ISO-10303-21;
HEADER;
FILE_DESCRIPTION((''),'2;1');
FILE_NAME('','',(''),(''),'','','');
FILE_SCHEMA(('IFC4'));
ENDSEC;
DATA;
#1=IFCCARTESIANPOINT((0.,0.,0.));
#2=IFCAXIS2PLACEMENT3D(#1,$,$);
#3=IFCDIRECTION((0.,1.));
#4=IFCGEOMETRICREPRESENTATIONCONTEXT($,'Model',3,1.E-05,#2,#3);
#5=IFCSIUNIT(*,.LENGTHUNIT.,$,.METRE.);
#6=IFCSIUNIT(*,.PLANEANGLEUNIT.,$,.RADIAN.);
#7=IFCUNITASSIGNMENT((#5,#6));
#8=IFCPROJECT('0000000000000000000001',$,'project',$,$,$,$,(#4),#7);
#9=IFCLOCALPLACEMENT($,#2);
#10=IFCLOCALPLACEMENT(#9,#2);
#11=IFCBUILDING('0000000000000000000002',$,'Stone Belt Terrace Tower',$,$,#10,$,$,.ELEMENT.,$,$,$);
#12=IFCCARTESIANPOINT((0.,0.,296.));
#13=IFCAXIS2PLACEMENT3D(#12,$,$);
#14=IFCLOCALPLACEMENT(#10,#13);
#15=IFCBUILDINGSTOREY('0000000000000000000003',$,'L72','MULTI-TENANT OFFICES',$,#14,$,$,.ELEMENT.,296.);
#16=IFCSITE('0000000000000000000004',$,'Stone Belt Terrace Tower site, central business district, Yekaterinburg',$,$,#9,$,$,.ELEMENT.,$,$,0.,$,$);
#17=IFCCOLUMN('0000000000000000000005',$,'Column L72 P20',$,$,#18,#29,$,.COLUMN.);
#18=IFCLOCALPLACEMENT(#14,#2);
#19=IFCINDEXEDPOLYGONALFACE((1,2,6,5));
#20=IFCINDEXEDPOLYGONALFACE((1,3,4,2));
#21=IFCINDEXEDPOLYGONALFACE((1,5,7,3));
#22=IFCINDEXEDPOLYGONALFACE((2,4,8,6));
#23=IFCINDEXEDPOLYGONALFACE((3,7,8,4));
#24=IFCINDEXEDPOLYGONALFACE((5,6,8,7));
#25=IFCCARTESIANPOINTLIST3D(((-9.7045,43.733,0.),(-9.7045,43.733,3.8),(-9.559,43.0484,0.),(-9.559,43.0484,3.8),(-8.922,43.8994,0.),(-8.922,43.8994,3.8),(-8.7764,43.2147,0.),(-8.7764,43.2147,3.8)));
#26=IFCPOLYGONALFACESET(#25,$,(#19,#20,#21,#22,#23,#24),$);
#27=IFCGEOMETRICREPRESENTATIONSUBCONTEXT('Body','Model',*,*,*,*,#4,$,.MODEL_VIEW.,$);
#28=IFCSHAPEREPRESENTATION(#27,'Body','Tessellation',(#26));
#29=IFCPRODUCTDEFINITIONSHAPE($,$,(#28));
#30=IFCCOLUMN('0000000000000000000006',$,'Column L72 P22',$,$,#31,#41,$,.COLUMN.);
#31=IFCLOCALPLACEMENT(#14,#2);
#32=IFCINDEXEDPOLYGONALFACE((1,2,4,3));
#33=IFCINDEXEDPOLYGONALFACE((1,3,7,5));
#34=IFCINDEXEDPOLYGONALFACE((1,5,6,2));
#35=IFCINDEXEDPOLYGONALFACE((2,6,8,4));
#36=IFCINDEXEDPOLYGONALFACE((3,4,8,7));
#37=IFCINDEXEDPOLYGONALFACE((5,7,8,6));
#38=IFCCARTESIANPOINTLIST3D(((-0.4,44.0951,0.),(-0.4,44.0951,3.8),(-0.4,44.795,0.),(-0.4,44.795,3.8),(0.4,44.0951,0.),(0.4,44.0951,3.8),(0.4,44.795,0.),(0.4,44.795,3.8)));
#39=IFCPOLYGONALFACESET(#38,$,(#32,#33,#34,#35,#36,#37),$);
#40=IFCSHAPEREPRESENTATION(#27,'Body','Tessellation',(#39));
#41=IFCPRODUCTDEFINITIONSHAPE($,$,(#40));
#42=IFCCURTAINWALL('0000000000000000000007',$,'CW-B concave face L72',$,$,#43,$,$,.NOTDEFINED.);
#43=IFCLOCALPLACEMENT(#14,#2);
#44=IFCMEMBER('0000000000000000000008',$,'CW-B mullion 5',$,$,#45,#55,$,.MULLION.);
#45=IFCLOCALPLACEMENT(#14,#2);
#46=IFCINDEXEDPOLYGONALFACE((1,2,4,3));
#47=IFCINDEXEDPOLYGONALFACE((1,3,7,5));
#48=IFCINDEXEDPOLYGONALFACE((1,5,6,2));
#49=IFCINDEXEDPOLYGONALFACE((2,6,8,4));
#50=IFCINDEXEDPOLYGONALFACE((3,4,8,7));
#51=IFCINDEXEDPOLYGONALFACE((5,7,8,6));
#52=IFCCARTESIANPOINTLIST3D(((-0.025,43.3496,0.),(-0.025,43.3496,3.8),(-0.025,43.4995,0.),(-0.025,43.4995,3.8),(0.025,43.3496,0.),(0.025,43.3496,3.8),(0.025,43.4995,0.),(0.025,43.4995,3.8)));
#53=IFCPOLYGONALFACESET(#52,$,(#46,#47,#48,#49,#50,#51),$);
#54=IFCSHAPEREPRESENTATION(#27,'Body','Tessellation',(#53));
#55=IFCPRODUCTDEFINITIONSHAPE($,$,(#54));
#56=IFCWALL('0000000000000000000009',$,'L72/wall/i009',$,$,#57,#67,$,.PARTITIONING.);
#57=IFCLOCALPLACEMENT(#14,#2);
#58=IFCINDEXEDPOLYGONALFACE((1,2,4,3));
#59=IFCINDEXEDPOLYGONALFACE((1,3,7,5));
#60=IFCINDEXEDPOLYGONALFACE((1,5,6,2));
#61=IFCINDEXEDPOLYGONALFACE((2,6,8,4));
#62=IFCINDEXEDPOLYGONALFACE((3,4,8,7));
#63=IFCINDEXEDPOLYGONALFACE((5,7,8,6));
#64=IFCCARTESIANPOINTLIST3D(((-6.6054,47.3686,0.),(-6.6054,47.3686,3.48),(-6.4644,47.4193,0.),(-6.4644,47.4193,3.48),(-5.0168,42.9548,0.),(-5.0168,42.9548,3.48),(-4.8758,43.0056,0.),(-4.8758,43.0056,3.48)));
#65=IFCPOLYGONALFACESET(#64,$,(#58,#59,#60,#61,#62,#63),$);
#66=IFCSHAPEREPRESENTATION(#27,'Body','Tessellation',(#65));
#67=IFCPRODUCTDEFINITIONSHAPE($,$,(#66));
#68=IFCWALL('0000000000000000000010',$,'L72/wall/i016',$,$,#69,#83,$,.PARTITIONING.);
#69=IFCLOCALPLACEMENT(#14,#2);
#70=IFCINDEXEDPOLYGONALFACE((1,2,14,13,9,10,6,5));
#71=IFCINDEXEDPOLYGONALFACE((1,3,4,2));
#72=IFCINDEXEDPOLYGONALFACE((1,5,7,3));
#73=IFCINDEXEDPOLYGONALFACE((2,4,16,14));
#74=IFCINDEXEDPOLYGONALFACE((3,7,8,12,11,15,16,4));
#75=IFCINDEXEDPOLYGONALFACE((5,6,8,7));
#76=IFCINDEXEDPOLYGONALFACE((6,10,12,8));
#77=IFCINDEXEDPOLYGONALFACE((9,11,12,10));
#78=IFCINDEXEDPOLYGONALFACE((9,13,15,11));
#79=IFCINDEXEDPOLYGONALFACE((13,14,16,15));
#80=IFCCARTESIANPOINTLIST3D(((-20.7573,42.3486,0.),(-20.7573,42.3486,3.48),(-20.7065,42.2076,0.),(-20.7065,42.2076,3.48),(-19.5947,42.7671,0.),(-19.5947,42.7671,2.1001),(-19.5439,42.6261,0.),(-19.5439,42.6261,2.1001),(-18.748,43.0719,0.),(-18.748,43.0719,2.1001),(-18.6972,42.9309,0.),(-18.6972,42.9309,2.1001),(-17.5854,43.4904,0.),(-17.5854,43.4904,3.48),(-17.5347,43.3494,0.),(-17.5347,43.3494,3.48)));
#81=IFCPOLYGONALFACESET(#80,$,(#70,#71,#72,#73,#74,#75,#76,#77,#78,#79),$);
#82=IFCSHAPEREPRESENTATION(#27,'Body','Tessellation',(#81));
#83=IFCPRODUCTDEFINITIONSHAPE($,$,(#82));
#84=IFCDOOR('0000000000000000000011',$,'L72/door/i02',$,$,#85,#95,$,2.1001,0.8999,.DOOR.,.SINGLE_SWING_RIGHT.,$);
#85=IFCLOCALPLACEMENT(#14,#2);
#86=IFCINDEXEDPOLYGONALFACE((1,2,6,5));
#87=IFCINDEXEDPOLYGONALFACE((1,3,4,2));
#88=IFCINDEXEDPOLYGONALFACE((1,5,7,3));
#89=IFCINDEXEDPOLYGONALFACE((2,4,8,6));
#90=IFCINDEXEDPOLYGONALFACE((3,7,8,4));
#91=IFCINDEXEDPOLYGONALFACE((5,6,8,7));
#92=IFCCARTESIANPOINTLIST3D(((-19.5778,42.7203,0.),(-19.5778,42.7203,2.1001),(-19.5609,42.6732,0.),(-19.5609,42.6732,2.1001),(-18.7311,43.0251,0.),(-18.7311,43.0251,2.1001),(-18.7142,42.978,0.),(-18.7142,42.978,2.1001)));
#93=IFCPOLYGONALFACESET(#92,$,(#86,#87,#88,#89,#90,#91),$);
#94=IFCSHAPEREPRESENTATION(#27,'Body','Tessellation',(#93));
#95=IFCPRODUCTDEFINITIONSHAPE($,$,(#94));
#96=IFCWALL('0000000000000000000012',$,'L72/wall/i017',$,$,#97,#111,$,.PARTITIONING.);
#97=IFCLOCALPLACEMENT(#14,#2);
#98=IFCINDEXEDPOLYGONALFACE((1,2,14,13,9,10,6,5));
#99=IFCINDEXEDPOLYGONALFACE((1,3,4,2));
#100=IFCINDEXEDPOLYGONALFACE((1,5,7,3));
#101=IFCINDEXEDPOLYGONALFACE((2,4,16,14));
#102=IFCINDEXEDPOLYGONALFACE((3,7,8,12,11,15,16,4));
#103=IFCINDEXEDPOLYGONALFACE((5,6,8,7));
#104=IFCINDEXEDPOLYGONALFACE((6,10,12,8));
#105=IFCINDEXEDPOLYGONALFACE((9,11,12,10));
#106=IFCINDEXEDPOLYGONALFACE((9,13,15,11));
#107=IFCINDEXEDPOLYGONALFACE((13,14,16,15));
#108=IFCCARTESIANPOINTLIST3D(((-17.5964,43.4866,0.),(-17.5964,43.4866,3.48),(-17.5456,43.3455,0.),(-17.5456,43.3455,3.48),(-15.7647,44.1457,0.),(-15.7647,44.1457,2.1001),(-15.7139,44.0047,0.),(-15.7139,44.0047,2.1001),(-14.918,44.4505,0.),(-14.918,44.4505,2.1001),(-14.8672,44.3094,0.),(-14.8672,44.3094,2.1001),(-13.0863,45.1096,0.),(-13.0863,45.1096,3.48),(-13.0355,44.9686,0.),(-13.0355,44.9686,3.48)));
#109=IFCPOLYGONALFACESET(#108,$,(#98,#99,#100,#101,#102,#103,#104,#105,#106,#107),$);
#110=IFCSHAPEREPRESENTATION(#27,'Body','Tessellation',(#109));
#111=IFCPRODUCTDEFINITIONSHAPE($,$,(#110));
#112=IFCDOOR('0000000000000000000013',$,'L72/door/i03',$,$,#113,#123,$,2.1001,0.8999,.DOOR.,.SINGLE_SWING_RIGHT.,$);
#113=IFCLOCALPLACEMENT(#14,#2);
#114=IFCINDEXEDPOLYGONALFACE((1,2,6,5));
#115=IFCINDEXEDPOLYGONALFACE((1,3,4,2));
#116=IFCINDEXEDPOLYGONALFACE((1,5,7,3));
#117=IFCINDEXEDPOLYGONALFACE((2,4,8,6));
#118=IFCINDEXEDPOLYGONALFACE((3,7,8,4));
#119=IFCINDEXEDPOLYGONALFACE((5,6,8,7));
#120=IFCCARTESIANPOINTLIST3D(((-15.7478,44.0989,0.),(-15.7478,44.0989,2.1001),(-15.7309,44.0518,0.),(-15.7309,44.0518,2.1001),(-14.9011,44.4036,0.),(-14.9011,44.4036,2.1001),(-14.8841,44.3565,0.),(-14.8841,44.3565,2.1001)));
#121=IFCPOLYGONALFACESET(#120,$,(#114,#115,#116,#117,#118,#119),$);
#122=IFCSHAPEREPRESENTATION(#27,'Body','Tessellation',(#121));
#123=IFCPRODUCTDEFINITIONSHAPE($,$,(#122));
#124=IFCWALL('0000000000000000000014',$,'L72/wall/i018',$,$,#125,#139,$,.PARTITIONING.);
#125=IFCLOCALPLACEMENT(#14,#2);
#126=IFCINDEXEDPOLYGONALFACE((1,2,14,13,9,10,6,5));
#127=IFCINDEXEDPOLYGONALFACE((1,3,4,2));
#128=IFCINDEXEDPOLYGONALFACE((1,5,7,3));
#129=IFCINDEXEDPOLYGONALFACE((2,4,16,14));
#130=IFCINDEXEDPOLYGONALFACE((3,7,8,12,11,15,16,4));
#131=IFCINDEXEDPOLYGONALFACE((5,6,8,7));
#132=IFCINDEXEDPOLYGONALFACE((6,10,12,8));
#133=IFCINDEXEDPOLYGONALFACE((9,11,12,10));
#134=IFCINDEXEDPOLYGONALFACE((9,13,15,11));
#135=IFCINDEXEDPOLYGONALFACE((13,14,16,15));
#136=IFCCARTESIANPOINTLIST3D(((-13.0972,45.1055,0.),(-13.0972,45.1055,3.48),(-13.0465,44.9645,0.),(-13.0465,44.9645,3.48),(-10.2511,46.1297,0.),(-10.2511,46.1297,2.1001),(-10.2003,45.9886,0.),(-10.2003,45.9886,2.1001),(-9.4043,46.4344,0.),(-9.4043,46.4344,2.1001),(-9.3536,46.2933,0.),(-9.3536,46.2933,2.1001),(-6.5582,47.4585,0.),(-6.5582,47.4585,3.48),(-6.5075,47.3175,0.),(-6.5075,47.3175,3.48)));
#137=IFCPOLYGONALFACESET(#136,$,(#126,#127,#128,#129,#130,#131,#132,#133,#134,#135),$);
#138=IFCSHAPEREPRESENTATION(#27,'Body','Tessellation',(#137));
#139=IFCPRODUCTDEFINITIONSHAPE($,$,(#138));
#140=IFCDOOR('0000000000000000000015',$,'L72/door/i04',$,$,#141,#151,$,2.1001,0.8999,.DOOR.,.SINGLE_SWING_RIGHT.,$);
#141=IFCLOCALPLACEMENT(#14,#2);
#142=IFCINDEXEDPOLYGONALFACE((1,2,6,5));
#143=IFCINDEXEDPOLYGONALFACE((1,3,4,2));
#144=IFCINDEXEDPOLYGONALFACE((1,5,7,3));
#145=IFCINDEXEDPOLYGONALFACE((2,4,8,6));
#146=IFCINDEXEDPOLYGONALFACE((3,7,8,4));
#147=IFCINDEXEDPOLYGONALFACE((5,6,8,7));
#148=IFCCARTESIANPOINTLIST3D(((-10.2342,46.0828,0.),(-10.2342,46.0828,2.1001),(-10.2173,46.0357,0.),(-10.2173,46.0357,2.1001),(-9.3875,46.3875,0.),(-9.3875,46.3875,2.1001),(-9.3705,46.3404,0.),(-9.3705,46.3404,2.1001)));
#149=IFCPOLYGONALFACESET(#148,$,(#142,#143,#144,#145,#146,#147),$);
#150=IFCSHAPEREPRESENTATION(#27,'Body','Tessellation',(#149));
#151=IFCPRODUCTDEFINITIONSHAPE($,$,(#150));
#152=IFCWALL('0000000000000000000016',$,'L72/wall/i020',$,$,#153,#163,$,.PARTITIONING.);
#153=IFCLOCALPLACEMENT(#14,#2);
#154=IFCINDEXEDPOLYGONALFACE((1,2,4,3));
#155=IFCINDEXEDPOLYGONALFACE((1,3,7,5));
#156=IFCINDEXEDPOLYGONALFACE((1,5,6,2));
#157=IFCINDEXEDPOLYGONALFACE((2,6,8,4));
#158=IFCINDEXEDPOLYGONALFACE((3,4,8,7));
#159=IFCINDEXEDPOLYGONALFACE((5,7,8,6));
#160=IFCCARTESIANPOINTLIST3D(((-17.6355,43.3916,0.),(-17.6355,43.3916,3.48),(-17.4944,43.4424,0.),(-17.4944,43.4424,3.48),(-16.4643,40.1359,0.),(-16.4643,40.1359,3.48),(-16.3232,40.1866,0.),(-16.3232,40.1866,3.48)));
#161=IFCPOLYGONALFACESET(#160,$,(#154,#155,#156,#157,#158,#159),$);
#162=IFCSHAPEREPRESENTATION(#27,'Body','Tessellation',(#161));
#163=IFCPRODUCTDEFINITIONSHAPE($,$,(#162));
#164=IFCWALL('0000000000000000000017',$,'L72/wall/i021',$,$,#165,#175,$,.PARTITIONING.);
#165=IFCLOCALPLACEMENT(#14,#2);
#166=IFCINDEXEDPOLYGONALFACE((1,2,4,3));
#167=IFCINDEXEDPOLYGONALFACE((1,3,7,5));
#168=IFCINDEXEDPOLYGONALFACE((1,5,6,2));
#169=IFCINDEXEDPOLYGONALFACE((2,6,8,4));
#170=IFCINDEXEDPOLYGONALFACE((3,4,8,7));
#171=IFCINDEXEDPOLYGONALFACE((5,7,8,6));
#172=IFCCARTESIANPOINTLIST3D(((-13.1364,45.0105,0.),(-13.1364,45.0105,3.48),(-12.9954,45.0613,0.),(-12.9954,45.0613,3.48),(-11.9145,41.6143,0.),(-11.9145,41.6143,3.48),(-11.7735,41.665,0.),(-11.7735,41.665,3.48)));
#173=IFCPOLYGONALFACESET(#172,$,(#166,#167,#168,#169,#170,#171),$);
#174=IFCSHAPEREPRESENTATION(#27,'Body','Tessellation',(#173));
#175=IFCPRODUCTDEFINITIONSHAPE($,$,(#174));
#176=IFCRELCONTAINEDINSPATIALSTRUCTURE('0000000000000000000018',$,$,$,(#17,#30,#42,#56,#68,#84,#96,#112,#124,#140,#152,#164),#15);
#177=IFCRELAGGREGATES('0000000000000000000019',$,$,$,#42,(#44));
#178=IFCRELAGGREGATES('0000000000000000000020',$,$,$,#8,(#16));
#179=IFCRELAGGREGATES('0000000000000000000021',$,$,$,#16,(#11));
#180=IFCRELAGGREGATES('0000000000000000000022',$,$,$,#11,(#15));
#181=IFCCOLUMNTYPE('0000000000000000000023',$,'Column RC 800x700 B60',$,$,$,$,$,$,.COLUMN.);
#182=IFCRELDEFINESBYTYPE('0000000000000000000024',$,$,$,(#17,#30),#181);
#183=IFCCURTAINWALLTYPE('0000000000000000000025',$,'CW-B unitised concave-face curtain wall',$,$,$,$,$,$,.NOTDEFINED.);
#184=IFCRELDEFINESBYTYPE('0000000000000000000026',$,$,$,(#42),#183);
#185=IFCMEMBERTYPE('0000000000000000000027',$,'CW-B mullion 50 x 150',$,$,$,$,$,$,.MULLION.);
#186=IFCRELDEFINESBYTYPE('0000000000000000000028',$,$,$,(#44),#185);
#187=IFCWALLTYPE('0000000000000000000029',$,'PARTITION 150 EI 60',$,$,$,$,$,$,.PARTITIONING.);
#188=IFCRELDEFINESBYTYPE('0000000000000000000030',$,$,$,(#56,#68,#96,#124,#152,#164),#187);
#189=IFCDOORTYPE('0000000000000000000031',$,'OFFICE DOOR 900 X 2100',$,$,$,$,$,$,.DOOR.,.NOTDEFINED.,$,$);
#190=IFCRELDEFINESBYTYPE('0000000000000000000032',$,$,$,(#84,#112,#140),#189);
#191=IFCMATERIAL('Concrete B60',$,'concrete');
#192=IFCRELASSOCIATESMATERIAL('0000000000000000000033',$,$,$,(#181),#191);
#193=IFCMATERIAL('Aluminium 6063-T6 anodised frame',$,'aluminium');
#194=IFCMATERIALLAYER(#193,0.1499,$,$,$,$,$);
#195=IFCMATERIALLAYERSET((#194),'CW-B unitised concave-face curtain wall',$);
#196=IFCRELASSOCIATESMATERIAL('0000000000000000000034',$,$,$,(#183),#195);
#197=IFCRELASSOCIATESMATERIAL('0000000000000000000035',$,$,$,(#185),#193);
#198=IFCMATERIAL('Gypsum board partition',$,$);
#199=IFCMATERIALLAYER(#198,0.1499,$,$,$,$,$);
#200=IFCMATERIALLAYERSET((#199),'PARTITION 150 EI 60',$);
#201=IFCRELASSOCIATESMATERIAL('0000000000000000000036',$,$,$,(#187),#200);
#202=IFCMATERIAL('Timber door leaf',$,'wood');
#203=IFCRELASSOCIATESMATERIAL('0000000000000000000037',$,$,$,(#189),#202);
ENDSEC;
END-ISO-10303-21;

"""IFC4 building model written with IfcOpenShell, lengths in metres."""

from ifc_helpers import new_model, si_unit, direction, frame, frame_2d, origin, origin_2d, place, context, subcontext, project, spatial, rectangle, extrude, material, layer, layer_set, material_profile, profile_set, type_object, element, fill, aggregate, save


model = new_model("IFC4")

# Units and contexts
model_context = context("Model", 3, precision=1e-05, world=origin(), true_north=direction((0.0, 1.0)))
body_context = subcontext(model_context, "Body", "Model", "MODEL_VIEW")
ifc_project = project(units=[si_unit("LENGTHUNIT", "METRE"), si_unit("PLANEANGLEUNIT", "RADIAN")], contexts=[model_context])

# Site, building, storey
site_placement = place(None, origin())
site = spatial("IfcSite", under=ifc_project, at=site_placement, Name="Stone Belt Terrace Tower site, central business district, Yekaterinburg", CompositionType="ELEMENT", RefElevation=0.0)
building_placement = place(site_placement, origin())
building = spatial("IfcBuilding", under=site, at=building_placement, Name="Stone Belt Terrace Tower", CompositionType="ELEMENT")
storey_placement = place(building_placement, frame((0.0, 0.0, 296.0)))
storey = spatial("IfcBuildingStorey", under=building, at=storey_placement, Name="L72", Description="MULTI-TENANT OFFICES", CompositionType="ELEMENT", Elevation=296.0)

# Columns
ifc_material_1 = material(Name="Concrete B60", Category="concrete")
ifc_material_profile_1 = material_profile(ifc_material_1, rectangle(XDim=0.8, YDim=0.7, at=origin_2d()), Name="RC 800x700")
ifc_profile_set_1 = profile_set([ifc_material_profile_1], Name="Concrete B60")
column_type = type_object("IfcColumnType", Name="Column RC 800x700 B60", PredefinedType="COLUMN", material=ifc_profile_set_1)
for number, where, z_axis, x_axis, name in (
    (1, (-9.2405, 43.4739, 0.0), (0.0, 0.0, 1.0), (0.978148, 0.207912, 0.0), "Column L72 P20"),
    (2, (0.0, 44.4451, 0.0), (0.0, 0.0, 1.0), (1.0, 0.0, 0.0), "Column L72 P22"),
):
    element("IfcColumn", number, at=place(storey_placement, frame(where, z_axis=z_axis, x_axis=x_axis)), inside=storey, type_object=column_type, Name=name, PredefinedType="COLUMN", context=body_context, shape_type="SweptSolid", body=[
        extrude(rectangle(XDim=0.8, YDim=0.7, at=origin_2d()), origin(), (0.0, 0.0, 1.0), 3.8),
    ])

# Curtain wall, member
ifc_material_2 = material(Name="Aluminium 6063-T6 anodised frame", Category="aluminium")
ifc_layer_1 = layer(ifc_material_2, 0.1499)
ifc_layer_set_1 = layer_set([ifc_layer_1], Name="CW-B unitised concave-face curtain wall")
curtain_wall_type = type_object("IfcCurtainWallType", Name="CW-B unitised concave-face curtain wall", PredefinedType="NOTDEFINED", material=ifc_layer_set_1)
curtain_wall_placement = place(storey_placement, origin())
curtain_wall = element("IfcCurtainWall", 3, at=curtain_wall_placement, inside=storey, type_object=curtain_wall_type, Name="CW-B concave face L72", PredefinedType="NOTDEFINED")
ifc_material_profile_2 = material_profile(ifc_material_2, rectangle(XDim=0.1499, YDim=0.05, at=origin_2d()), Name="Aluminium 6063-T6 50x150")
ifc_profile_set_2 = profile_set([ifc_material_profile_2], Name="Aluminium 6063-T6 anodised frame")
member_type = type_object("IfcMemberType", Name="CW-B mullion 50 x 150", PredefinedType="MULLION", material=ifc_profile_set_2)
member_placement = place(storey_placement, frame((0.0, 43.4246, 0.0), z_axis=(0.0, 0.0, 1.0), x_axis=(0.0, 1.0, 0.0)))
member = element("IfcMember", 4, at=member_placement, type_object=member_type, Name="CW-B mullion 5", PredefinedType="MULLION", context=body_context, shape_type="SweptSolid", body=[
    extrude(rectangle(XDim=0.1499, YDim=0.05, at=origin_2d()), origin(), (0.0, 0.0, 1.0), 3.8),
])
aggregate(curtain_wall, [member])

# Wall
ifc_material_3 = material(Name="Gypsum board partition")
ifc_layer_2 = layer(ifc_material_3, 0.1499)
ifc_layer_set_2 = layer_set([ifc_layer_2], Name="PARTITION 150 EI 60")
wall_type_1 = type_object("IfcWallType", Name="PARTITION 150 EI 60", PredefinedType="PARTITIONING", material=ifc_layer_set_2)
wall_1_placement = place(storey_placement, frame((-4.9463, 42.9802, 0.0), z_axis=(0.0, 0.0, 1.0), x_axis=(-0.338653, 0.940911, 0.0)))
element("IfcWall", 5, at=wall_1_placement, inside=storey, type_object=wall_type_1, Name="L72/wall/i009", PredefinedType="PARTITIONING", context=body_context, shape_type="SweptSolid", body=[
    extrude(rectangle(XDim=4.6909, YDim=0.1499, at=frame_2d((2.3455, 0.0))), origin(), (0.0, 0.0, 1.0), 3.48),
])

# Walls, openings, doors
wall_2_placement = place(storey_placement, frame((-17.5601, 43.4199, 0.0), z_axis=(0.0, 0.0, 1.0), x_axis=(-0.94089, -0.338712, 0.0)))
wall_2 = element("IfcWall", 6, at=wall_2_placement, inside=storey, type_object=wall_type_1, Name="L72/wall/i016", PredefinedType="PARTITIONING", context=body_context, shape_type="SweptSolid", body=[
    extrude(rectangle(XDim=3.3711, YDim=0.1499, at=frame_2d((1.6855, 0.0))), origin(), (0.0, 0.0, 1.0), 3.48),
])
opening_1_placement = place(wall_2_placement, frame((1.2356, 0.0, 0.0)))
opening_1 = element("IfcOpeningElement", 7, at=opening_1_placement, cuts=wall_2, PredefinedType="OPENING", context=body_context, shape_type="SweptSolid", body=[
    extrude(rectangle(XDim=0.8999, YDim=2.1001, at=frame_2d((0.45, 1.05))), frame((0.0, 0.085, 0.0), z_axis=(0.0, -1.0, 0.0), x_axis=(1.0, 0.0, 0.0)), (0.0, 0.0, 1.0), 0.1699),
])
ifc_material_4 = material(Name="Timber door leaf", Category="wood")
door_type_1 = type_object("IfcDoorType", Name="OFFICE DOOR 900 X 2100", OperationType="NOTDEFINED", PredefinedType="DOOR", material=ifc_material_4)
door_1_placement = place(opening_1_placement, origin())
door_1 = element("IfcDoor", 8, at=door_1_placement, inside=storey, type_object=door_type_1, Name="L72/door/i02", OperationType="SINGLE_SWING_RIGHT", OverallHeight=2.1001, OverallWidth=0.8999, PredefinedType="DOOR", context=body_context, shape_type="SweptSolid", body=[
    extrude(rectangle(XDim=0.8999, YDim=2.1001, at=frame_2d((0.45, 1.05))), frame((0.0, 0.0249, 0.0), z_axis=(0.0, -1.0, 0.0), x_axis=(1.0, 0.0, 0.0)), (0.0, 0.0, 1.0), 0.05),
])
fill(opening_1, door_1)
wall_3_placement = place(storey_placement, frame((-13.061, 45.0391, 0.0), z_axis=(0.0, 0.0, 1.0), x_axis=(-0.940924, -0.338617, 0.0)))
wall_3 = element("IfcWall", 9, at=wall_3_placement, inside=storey, type_object=wall_type_1, Name="L72/wall/i017", PredefinedType="PARTITIONING", context=body_context, shape_type="SweptSolid", body=[
    extrude(rectangle(XDim=4.7932, YDim=0.1499, at=frame_2d((2.3965, 0.0))), origin(), (0.0, 0.0, 1.0), 3.48),
])
opening_2_placement = place(wall_3_placement, frame((1.9465, 0.0, 0.0)))
opening_2 = element("IfcOpeningElement", 10, at=opening_2_placement, cuts=wall_3, PredefinedType="OPENING", context=body_context, shape_type="SweptSolid", body=[
    extrude(rectangle(XDim=0.8999, YDim=2.1001, at=frame_2d((0.45, 1.05))), frame((0.0, 0.085, 0.0), z_axis=(0.0, -1.0, 0.0), x_axis=(1.0, 0.0, 0.0)), (0.0, 0.0, 1.0), 0.1699),
])
door_2_placement = place(opening_2_placement, origin())
door_2 = element("IfcDoor", 11, at=door_2_placement, inside=storey, type_object=door_type_1, Name="L72/door/i03", OperationType="SINGLE_SWING_RIGHT", OverallHeight=2.1001, OverallWidth=0.8999, PredefinedType="DOOR", context=body_context, shape_type="SweptSolid", body=[
    extrude(rectangle(XDim=0.8999, YDim=2.1001, at=frame_2d((0.45, 1.05))), frame((0.0, 0.0249, 0.0), z_axis=(0.0, -1.0, 0.0), x_axis=(1.0, 0.0, 0.0)), (0.0, 0.0, 1.0), 0.05),
])
fill(opening_2, door_2)
wall_4_placement = place(storey_placement, frame((-6.533, 47.3879, 0.0), z_axis=(0.0, 0.0, 1.0), x_axis=(-0.940935, -0.338588, 0.0)))
wall_4 = element("IfcWall", 12, at=wall_4_placement, inside=storey, type_object=wall_type_1, Name="L72/wall/i018", PredefinedType="PARTITIONING", context=body_context, shape_type="SweptSolid", body=[
    extrude(rectangle(XDim=6.9495, YDim=0.1499, at=frame_2d((3.4746, 0.0))), origin(), (0.0, 0.0, 1.0), 3.48),
])
opening_3_placement = place(wall_4_placement, frame((3.0247, 0.0, 0.0)))
opening_3 = element("IfcOpeningElement", 13, at=opening_3_placement, cuts=wall_4, PredefinedType="OPENING", context=body_context, shape_type="SweptSolid", body=[
    extrude(rectangle(XDim=0.8999, YDim=2.1001, at=frame_2d((0.45, 1.05))), frame((0.0, 0.085, 0.0), z_axis=(0.0, -1.0, 0.0), x_axis=(1.0, 0.0, 0.0)), (0.0, 0.0, 1.0), 0.1699),
])
door_3_placement = place(opening_3_placement, origin())
door_3 = element("IfcDoor", 14, at=door_3_placement, inside=storey, type_object=door_type_1, Name="L72/door/i04", OperationType="SINGLE_SWING_RIGHT", OverallHeight=2.1001, OverallWidth=0.8999, PredefinedType="DOOR", context=body_context, shape_type="SweptSolid", body=[
    extrude(rectangle(XDim=0.8999, YDim=2.1001, at=frame_2d((0.45, 1.05))), frame((0.0, 0.0249, 0.0), z_axis=(0.0, -1.0, 0.0), x_axis=(1.0, 0.0, 0.0)), (0.0, 0.0, 1.0), 0.05),
])
fill(opening_3, door_3)

# Walls
wall_5_placement = place(storey_placement, frame((-17.5649, 43.417, 0.0), z_axis=(0.0, 0.0, 1.0), x_axis=(0.338495, -0.940968, 0.0)))
element("IfcWall", 15, at=wall_5_placement, inside=storey, type_object=wall_type_1, Name="L72/wall/i020", PredefinedType="PARTITIONING", context=body_context, shape_type="SweptSolid", body=[
    extrude(rectangle(XDim=3.46, YDim=0.1499, at=frame_2d((1.73, 0.0))), origin(), (0.0, 0.0, 1.0), 3.48),
])
wall_6_placement = place(storey_placement, frame((-13.0659, 45.0359, 0.0), z_axis=(0.0, 0.0, 1.0), x_axis=(0.338542, -0.940951, 0.0)))
element("IfcWall", 16, at=wall_6_placement, inside=storey, type_object=wall_type_1, Name="L72/wall/i021", PredefinedType="PARTITIONING", context=body_context, shape_type="SweptSolid", body=[
    extrude(rectangle(XDim=3.6094, YDim=0.1499, at=frame_2d((1.8047, 0.0))), origin(), (0.0, 0.0, 1.0), 3.48),
])

save(model, "model.ifc")
